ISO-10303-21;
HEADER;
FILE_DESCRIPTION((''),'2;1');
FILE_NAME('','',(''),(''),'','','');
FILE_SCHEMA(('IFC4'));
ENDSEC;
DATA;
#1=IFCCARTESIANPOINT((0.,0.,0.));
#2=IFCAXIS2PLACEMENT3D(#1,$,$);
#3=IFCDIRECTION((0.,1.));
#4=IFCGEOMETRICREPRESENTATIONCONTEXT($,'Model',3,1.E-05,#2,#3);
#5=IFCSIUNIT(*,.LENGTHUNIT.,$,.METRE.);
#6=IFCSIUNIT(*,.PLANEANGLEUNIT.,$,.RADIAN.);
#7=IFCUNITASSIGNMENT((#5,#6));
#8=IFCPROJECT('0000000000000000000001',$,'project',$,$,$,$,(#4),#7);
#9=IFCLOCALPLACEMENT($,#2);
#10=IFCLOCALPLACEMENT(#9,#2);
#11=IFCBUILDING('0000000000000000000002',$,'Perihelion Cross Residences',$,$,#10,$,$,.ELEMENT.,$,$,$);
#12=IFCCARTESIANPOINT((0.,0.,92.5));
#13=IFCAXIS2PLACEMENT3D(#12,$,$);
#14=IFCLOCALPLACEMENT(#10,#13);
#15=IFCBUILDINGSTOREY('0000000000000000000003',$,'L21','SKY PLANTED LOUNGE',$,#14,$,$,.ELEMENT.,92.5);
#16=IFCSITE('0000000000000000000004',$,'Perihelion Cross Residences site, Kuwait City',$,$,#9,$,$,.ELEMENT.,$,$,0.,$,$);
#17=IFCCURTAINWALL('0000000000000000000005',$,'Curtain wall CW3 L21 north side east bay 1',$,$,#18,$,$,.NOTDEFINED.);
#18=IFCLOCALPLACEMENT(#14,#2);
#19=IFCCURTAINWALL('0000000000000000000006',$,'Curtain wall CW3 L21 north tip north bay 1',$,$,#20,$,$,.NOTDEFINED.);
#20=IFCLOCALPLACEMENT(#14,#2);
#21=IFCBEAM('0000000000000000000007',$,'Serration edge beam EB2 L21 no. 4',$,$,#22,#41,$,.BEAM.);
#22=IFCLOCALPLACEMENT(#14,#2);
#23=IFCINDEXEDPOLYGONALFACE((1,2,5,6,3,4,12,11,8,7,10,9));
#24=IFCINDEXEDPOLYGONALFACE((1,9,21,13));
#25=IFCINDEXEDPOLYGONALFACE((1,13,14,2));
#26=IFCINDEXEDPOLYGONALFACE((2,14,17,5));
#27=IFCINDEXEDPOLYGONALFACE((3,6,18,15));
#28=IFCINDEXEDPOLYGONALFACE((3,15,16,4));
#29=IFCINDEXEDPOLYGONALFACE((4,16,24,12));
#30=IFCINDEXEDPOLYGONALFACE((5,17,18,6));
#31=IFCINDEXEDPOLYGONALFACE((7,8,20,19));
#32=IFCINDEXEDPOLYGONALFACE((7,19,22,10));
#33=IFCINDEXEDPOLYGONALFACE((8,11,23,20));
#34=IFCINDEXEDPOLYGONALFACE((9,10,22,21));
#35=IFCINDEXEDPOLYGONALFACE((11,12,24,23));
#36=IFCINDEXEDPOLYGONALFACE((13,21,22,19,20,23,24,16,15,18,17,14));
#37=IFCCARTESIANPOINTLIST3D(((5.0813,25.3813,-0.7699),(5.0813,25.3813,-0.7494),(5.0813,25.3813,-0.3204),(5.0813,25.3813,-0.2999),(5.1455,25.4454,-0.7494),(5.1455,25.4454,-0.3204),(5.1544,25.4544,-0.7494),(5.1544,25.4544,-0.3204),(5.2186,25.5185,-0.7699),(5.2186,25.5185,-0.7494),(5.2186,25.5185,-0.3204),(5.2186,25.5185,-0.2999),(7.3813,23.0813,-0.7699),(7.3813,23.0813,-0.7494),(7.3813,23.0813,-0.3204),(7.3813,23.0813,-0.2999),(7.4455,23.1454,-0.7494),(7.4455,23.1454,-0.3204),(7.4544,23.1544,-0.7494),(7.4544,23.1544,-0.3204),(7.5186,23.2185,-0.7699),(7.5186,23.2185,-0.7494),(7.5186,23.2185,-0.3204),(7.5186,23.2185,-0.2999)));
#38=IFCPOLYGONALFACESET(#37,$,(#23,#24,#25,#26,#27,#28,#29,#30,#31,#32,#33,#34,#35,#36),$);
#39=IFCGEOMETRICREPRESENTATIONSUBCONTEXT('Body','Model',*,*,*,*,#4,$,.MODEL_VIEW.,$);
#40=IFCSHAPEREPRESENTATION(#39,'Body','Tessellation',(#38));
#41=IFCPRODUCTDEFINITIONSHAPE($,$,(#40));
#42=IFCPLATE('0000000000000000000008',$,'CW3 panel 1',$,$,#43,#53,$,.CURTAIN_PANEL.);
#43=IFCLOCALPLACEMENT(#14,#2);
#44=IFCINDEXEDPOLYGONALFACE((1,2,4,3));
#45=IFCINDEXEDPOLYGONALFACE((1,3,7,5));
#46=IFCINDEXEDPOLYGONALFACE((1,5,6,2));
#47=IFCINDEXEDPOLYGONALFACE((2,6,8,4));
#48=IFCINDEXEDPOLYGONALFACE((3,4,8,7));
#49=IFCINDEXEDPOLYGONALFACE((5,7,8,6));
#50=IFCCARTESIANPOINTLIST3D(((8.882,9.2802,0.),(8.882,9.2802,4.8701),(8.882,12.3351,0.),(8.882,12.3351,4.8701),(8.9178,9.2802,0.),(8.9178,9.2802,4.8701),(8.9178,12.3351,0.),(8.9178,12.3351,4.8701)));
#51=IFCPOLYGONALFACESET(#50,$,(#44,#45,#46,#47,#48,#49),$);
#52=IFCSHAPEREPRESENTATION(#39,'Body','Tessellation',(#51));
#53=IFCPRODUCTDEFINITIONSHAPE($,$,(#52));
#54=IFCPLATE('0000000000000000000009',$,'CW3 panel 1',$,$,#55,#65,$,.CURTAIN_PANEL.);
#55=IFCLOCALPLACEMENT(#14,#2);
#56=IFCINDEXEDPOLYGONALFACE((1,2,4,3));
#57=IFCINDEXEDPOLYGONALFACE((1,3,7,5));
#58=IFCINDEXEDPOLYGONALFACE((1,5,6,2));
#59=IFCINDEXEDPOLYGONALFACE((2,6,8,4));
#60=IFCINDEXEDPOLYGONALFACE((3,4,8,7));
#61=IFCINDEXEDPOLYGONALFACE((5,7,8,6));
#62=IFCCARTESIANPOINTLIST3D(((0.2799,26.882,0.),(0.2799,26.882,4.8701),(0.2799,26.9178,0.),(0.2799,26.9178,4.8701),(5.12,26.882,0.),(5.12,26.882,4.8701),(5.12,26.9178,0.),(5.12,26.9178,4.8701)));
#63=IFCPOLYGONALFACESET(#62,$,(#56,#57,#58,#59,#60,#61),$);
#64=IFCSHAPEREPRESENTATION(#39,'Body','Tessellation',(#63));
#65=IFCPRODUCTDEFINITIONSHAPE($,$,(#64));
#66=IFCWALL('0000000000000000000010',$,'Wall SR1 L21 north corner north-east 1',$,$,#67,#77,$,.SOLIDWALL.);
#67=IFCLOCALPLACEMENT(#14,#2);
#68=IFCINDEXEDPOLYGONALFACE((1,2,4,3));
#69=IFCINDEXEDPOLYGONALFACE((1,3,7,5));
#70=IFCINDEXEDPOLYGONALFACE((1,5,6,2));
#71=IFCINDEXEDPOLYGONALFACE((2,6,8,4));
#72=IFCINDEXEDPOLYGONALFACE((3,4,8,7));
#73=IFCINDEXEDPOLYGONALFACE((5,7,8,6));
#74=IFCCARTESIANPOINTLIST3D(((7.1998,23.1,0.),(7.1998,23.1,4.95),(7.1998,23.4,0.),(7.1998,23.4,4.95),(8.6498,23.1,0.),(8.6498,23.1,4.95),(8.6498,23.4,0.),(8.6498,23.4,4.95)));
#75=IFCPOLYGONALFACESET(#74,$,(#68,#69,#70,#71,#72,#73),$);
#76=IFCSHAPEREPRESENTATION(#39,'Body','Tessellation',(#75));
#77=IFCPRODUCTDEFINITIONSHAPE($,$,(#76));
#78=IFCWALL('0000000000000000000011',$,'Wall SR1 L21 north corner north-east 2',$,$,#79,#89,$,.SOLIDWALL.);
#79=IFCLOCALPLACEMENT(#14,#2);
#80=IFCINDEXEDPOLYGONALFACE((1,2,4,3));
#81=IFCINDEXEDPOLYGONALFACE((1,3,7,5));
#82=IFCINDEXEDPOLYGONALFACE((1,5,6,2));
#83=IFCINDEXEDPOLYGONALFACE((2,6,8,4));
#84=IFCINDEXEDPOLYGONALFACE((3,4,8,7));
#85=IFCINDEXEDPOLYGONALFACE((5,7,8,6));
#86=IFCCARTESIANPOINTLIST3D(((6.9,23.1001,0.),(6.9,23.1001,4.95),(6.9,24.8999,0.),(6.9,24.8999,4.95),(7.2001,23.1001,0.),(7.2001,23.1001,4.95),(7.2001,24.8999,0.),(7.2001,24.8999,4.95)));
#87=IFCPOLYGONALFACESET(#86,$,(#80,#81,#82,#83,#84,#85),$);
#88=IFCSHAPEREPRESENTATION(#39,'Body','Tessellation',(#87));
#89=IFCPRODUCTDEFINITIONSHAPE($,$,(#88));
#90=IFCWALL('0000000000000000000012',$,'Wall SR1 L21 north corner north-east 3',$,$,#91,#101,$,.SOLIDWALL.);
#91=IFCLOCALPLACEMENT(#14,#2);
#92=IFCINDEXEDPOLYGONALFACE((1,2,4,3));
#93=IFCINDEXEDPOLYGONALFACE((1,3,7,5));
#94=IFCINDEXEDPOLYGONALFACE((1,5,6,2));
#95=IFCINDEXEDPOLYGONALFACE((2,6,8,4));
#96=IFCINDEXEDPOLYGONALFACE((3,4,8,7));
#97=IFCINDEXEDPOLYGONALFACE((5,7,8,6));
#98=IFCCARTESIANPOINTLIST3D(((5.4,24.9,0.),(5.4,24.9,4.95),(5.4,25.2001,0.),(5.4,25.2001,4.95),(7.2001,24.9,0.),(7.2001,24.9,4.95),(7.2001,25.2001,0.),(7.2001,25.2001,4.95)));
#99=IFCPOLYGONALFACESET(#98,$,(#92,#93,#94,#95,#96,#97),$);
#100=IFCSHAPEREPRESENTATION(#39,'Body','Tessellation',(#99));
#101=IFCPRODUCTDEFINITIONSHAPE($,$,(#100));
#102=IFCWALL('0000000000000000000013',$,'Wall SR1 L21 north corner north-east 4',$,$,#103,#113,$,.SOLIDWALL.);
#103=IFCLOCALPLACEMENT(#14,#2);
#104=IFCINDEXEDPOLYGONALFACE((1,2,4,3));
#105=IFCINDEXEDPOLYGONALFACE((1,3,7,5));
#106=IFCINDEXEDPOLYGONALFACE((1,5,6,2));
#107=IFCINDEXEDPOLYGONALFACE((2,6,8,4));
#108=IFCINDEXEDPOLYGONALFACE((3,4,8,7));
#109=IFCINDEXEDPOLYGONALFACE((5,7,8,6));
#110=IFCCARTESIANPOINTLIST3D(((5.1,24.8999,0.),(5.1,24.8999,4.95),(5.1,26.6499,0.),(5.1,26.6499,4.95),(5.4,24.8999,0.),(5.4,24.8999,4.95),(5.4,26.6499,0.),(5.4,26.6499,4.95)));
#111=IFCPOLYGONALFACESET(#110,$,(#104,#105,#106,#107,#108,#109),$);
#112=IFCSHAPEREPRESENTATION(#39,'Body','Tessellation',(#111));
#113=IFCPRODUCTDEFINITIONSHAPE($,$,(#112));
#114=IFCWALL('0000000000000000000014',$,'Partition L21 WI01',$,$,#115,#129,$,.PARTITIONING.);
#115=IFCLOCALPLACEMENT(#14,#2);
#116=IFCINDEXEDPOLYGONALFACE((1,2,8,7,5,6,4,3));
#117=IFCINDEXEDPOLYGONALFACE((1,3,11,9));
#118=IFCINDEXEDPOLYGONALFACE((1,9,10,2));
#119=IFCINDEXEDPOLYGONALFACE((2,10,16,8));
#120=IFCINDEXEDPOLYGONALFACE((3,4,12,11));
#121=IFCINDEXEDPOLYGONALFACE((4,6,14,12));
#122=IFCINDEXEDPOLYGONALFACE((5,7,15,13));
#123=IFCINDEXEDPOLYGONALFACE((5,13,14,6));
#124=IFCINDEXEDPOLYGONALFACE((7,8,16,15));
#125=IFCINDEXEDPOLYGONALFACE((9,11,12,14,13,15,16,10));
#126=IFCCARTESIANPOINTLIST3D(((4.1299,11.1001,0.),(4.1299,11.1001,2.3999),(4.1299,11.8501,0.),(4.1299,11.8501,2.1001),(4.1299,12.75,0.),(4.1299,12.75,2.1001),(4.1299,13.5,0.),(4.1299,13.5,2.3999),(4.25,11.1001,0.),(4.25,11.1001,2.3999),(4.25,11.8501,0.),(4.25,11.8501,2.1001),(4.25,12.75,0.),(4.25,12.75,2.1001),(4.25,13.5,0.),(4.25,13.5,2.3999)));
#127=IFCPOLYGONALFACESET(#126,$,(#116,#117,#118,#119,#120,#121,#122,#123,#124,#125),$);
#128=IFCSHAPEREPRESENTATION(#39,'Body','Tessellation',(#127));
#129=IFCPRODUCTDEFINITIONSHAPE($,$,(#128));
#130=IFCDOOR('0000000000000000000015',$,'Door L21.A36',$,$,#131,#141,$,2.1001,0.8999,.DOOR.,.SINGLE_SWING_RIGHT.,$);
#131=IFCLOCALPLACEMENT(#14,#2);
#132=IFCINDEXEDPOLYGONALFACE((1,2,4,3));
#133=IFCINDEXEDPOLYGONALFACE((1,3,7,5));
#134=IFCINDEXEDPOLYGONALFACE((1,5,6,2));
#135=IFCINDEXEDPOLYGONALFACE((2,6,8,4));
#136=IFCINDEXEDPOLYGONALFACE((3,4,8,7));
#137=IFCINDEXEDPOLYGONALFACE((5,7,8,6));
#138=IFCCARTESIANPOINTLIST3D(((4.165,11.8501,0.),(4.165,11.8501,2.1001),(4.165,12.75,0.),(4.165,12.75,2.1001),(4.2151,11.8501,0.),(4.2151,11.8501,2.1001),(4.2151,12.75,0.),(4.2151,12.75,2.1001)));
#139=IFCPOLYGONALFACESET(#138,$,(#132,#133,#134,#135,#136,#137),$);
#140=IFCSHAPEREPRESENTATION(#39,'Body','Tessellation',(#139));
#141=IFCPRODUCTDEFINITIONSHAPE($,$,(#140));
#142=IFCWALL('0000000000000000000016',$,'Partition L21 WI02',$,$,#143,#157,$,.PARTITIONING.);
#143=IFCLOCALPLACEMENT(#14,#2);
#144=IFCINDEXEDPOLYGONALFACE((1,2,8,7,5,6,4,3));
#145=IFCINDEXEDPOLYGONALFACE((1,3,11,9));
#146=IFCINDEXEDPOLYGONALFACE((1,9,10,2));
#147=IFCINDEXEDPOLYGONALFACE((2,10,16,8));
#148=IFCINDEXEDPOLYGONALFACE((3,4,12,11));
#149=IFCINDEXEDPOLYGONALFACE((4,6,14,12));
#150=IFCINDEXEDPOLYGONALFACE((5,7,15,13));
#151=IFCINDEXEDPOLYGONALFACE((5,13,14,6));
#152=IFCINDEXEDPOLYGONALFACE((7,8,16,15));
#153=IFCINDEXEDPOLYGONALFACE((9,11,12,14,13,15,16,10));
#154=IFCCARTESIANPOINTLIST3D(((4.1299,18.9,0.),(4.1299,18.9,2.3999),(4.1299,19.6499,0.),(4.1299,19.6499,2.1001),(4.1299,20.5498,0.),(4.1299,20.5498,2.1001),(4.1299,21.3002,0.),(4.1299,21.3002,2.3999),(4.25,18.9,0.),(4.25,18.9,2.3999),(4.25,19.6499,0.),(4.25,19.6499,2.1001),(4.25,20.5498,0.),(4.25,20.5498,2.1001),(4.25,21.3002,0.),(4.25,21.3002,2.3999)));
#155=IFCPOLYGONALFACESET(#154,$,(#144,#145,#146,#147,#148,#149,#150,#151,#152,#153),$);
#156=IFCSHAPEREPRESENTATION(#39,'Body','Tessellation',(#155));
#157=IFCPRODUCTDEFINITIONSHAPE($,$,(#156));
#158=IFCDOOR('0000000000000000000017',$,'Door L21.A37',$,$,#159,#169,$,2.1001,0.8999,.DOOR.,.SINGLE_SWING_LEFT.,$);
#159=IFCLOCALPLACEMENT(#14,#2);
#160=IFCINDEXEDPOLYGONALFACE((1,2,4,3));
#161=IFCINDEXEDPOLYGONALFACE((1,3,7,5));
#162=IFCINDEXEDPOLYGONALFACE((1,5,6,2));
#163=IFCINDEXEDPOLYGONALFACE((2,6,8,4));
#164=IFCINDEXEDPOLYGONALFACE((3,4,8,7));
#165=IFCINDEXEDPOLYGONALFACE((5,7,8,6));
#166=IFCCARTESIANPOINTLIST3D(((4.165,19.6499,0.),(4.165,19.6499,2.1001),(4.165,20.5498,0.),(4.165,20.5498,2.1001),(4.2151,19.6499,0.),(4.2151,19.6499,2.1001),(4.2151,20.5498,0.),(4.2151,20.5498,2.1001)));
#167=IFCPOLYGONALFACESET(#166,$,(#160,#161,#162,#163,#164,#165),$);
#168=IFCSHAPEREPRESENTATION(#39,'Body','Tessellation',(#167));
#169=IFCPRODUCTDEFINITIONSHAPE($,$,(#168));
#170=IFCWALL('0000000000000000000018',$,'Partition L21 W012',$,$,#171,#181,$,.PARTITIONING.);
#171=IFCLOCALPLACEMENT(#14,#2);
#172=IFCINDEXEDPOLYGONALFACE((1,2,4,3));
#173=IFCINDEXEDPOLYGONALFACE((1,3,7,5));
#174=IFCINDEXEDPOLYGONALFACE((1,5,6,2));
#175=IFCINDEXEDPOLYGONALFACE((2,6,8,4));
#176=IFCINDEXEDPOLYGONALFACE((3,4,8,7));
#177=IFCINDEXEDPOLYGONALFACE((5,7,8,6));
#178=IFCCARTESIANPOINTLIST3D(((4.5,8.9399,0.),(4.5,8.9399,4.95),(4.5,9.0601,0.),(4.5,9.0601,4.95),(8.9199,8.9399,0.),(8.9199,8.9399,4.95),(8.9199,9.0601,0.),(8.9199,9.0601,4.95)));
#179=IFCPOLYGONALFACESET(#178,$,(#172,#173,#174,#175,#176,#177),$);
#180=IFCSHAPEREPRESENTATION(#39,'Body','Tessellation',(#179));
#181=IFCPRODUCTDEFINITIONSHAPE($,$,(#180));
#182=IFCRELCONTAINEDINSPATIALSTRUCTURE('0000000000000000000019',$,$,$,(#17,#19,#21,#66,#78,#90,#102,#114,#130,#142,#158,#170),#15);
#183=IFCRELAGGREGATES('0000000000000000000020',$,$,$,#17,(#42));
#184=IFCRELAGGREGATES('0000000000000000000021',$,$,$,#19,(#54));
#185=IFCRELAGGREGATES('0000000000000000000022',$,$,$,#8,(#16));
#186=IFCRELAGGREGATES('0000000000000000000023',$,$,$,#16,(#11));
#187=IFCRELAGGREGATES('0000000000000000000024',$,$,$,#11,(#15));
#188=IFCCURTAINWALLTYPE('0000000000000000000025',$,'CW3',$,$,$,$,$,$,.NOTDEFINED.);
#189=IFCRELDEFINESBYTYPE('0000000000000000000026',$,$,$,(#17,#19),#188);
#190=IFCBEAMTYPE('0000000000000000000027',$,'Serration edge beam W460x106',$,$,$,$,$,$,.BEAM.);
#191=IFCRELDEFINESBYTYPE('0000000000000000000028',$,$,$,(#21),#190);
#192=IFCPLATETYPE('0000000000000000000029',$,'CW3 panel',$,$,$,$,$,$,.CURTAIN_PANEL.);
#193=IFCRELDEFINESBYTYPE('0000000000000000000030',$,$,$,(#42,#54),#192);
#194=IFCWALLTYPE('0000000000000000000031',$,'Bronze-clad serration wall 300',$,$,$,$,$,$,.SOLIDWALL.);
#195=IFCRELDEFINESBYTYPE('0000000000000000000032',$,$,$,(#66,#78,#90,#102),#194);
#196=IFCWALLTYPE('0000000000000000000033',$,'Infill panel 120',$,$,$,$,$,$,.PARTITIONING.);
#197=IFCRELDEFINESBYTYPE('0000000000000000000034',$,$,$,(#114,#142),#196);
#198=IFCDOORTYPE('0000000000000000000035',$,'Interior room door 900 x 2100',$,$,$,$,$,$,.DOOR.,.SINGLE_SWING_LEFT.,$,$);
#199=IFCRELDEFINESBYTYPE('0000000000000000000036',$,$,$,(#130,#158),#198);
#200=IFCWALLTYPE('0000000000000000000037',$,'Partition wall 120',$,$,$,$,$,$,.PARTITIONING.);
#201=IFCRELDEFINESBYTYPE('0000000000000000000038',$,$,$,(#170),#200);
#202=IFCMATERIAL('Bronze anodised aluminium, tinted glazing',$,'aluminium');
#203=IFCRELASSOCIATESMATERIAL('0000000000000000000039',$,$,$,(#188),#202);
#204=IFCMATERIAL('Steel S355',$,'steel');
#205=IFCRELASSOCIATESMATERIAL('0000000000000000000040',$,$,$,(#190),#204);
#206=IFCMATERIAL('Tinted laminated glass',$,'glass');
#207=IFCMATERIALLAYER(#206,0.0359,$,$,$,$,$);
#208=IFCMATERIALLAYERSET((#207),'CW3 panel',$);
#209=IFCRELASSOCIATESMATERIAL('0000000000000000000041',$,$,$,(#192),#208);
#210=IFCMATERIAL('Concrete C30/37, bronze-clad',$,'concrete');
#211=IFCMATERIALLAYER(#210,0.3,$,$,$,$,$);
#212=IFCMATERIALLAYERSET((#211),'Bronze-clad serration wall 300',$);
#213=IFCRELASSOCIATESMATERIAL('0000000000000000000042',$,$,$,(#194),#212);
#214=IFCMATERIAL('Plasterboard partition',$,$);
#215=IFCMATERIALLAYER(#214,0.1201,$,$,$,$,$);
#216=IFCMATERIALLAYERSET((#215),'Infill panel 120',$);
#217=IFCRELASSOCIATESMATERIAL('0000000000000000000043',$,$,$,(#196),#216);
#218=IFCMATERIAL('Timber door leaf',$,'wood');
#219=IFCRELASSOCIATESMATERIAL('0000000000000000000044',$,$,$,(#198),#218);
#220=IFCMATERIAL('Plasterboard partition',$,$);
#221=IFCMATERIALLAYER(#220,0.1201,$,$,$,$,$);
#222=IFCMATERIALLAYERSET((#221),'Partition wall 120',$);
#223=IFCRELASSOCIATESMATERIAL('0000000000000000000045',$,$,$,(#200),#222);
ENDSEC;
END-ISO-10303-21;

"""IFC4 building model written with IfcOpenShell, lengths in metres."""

from ifc_helpers import new_model, si_unit, direction, frame, frame_2d, origin, origin_2d, place, context, subcontext, project, spatial, rectangle, i_section, extrude, material, layer, layer_set, material_profile, profile_set, type_object, element, fill, aggregate, save


model = new_model("IFC4")

# Units and contexts
model_context = context("Model", 3, precision=1e-05, world=origin(), true_north=direction((0.0, 1.0)))
body_context = subcontext(model_context, "Body", "Model", "MODEL_VIEW")
ifc_project = project(units=[si_unit("LENGTHUNIT", "METRE"), si_unit("PLANEANGLEUNIT", "RADIAN")], contexts=[model_context])

# Site, building, storey
site_placement = place(None, origin())
site = spatial("IfcSite", under=ifc_project, at=site_placement, Name="Perihelion Cross Residences site, Kuwait City", CompositionType="ELEMENT", RefElevation=0.0)
building_placement = place(site_placement, origin())
building = spatial("IfcBuilding", under=site, at=building_placement, Name="Perihelion Cross Residences", CompositionType="ELEMENT")
storey_placement = place(building_placement, frame((0.0, 0.0, 92.5)))
storey = spatial("IfcBuildingStorey", under=building, at=storey_placement, Name="L21", Description="SKY PLANTED LOUNGE", CompositionType="ELEMENT", Elevation=92.5)

# Curtain walls
ifc_material_1 = material(Name="Bronze anodised aluminium, tinted glazing", Category="aluminium")
curtain_wall_type = type_object("IfcCurtainWallType", Name="CW3", PredefinedType="NOTDEFINED", material=ifc_material_1)
curtain_wall_1_placement = place(storey_placement, origin())
curtain_wall_1 = element("IfcCurtainWall", 1, at=curtain_wall_1_placement, inside=storey, type_object=curtain_wall_type, Name="Curtain wall CW3 L21 north side east bay 1", PredefinedType="NOTDEFINED")
curtain_wall_2_placement = place(storey_placement, origin())
curtain_wall_2 = element("IfcCurtainWall", 2, at=curtain_wall_2_placement, inside=storey, type_object=curtain_wall_type, Name="Curtain wall CW3 L21 north tip north bay 1", PredefinedType="NOTDEFINED")

# Beam
ifc_material_2 = material(Name="Steel S355", Category="steel")
ifc_material_profile_1 = material_profile(ifc_material_2, i_section(OverallWidth=0.1941, OverallDepth=0.47, WebThickness=0.0127, FlangeThickness=0.0205, at=origin_2d()), Name="W460x106")
ifc_profile_set_1 = profile_set([ifc_material_profile_1], Name="Steel S355")
beam_type_1 = type_object("IfcBeamType", Name="Serration edge beam W460x106", PredefinedType="BEAM", material=ifc_profile_set_1)
beam_1_placement = place(storey_placement, frame((7.45, 23.1499, -0.5349), z_axis=(-0.707107, 0.707107, 0.0), x_axis=(-0.707107, -0.707107, 0.0)))
element("IfcBeam", 3, at=beam_1_placement, inside=storey, type_object=beam_type_1, Name="Serration edge beam EB2 L21 no. 4", PredefinedType="BEAM", context=body_context, shape_type="SweptSolid", body=[
    extrude(i_section(OverallWidth=0.1941, OverallDepth=0.47, WebThickness=0.0127, FlangeThickness=0.0205, at=origin_2d()), origin(), (0.0, 0.0, 1.0), 3.2527),
])

# Plates
ifc_material_3 = material(Name="Tinted laminated glass", Category="glass")
ifc_layer_1 = layer(ifc_material_3, 0.0359)
ifc_layer_set_1 = layer_set([ifc_layer_1], Name="CW3 panel")
plate_type = type_object("IfcPlateType", Name="CW3 panel", PredefinedType="CURTAIN_PANEL", material=ifc_layer_set_1)
plate_1_placement = place(storey_placement, frame((8.8999, 10.8076, 0.0), z_axis=(0.0, 0.0, 1.0), x_axis=(0.0, 1.0, 0.0)))
plate_1 = element("IfcPlate", 4, at=plate_1_placement, type_object=plate_type, Name="CW3 panel 1", PredefinedType="CURTAIN_PANEL", context=body_context, shape_type="SweptSolid", body=[
    extrude(rectangle(XDim=3.0549, YDim=0.0359, at=origin_2d()), origin(), (0.0, 0.0, 1.0), 4.8701),
])
aggregate(curtain_wall_1, [plate_1])
plate_2_placement = place(storey_placement, frame((2.7, 26.8999, 0.0), z_axis=(0.0, 0.0, 1.0), x_axis=(-1.0, 0.0, 0.0)))
plate_2 = element("IfcPlate", 5, at=plate_2_placement, type_object=plate_type, Name="CW3 panel 1", PredefinedType="CURTAIN_PANEL", context=body_context, shape_type="SweptSolid", body=[
    extrude(rectangle(XDim=4.8401, YDim=0.0359, at=origin_2d()), origin(), (0.0, 0.0, 1.0), 4.8701),
])
aggregate(curtain_wall_2, [plate_2])

# Walls
ifc_material_4 = material(Name="Concrete C30/37, bronze-clad", Category="concrete")
ifc_layer_2 = layer(ifc_material_4, 0.3)
ifc_layer_set_2 = layer_set([ifc_layer_2], Name="Bronze-clad serration wall 300")
wall_type_1 = type_object("IfcWallType", Name="Bronze-clad serration wall 300", PredefinedType="SOLIDWALL", material=ifc_layer_set_2)
wall_1_placement = place(storey_placement, frame((8.6499, 23.25, 0.0), z_axis=(0.0, 0.0, 1.0), x_axis=(-1.0, 0.0, 0.0)))
element("IfcWall", 6, at=wall_1_placement, inside=storey, type_object=wall_type_1, Name="Wall SR1 L21 north corner north-east 1", PredefinedType="SOLIDWALL", context=body_context, shape_type="SweptSolid", body=[
    extrude(rectangle(XDim=1.45, YDim=0.3, at=frame_2d((0.7251, 0.0))), origin(), (0.0, 0.0, 1.0), 4.95),
])
wall_2_placement = place(storey_placement, frame((7.05, 23.1001, 0.0), z_axis=(0.0, 0.0, 1.0), x_axis=(0.0, 1.0, 0.0)))
element("IfcWall", 7, at=wall_2_placement, inside=storey, type_object=wall_type_1, Name="Wall SR1 L21 north corner north-east 2", PredefinedType="SOLIDWALL", context=body_context, shape_type="SweptSolid", body=[
    extrude(rectangle(XDim=1.7998, YDim=0.3, at=frame_2d((0.8999, 0.0))), origin(), (0.0, 0.0, 1.0), 4.95),
])
wall_3_placement = place(storey_placement, frame((7.2, 25.05, 0.0), z_axis=(0.0, 0.0, 1.0), x_axis=(-1.0, 0.0, 0.0)))
element("IfcWall", 8, at=wall_3_placement, inside=storey, type_object=wall_type_1, Name="Wall SR1 L21 north corner north-east 3", PredefinedType="SOLIDWALL", context=body_context, shape_type="SweptSolid", body=[
    extrude(rectangle(XDim=1.8, YDim=0.3, at=frame_2d((0.8999, 0.0))), origin(), (0.0, 0.0, 1.0), 4.95),
])
wall_4_placement = place(storey_placement, frame((5.25, 24.8999, 0.0), z_axis=(0.0, 0.0, 1.0), x_axis=(0.0, 1.0, 0.0)))
element("IfcWall", 9, at=wall_4_placement, inside=storey, type_object=wall_type_1, Name="Wall SR1 L21 north corner north-east 4", PredefinedType="SOLIDWALL", context=body_context, shape_type="SweptSolid", body=[
    extrude(rectangle(XDim=1.75, YDim=0.3, at=frame_2d((0.875, 0.0))), origin(), (0.0, 0.0, 1.0), 4.95),
])

# Walls, openings, doors
ifc_material_5 = material(Name="Plasterboard partition")
ifc_layer_3 = layer(ifc_material_5, 0.1201)
ifc_layer_set_3 = layer_set([ifc_layer_3], Name="Infill panel 120")
wall_type_2 = type_object("IfcWallType", Name="Infill panel 120", PredefinedType="PARTITIONING", material=ifc_layer_set_3)
wall_5_placement = place(storey_placement, frame((4.1899, 11.1001, 0.0), z_axis=(0.0, 0.0, 1.0), x_axis=(0.0, 1.0, 0.0)))
wall_5 = element("IfcWall", 10, at=wall_5_placement, inside=storey, type_object=wall_type_2, Name="Partition L21 WI01", PredefinedType="PARTITIONING", context=body_context, shape_type="SweptSolid", body=[
    extrude(rectangle(XDim=2.3999, YDim=0.1201, at=frame_2d((1.2, 0.0))), origin(), (0.0, 0.0, 1.0), 2.3999),
])
opening_1_placement = place(wall_5_placement, frame((0.75, 0.0, 0.0)))
opening_1 = element("IfcOpeningElement", 11, at=opening_1_placement, cuts=wall_5, PredefinedType="OPENING", context=body_context, shape_type="SweptSolid", body=[
    extrude(rectangle(XDim=0.8999, YDim=2.1001, at=frame_2d((0.45, 1.05))), frame((0.0, 0.0701, 0.0), z_axis=(0.0, -1.0, 0.0), x_axis=(1.0, 0.0, 0.0)), (0.0, 0.0, 1.0), 0.1401),
])
ifc_material_6 = material(Name="Timber door leaf", Category="wood")
door_type_1 = type_object("IfcDoorType", Name="Interior room door 900 x 2100", OperationType="SINGLE_SWING_LEFT", PredefinedType="DOOR", material=ifc_material_6)
door_1_placement = place(opening_1_placement, origin())
door_1 = element("IfcDoor", 12, at=door_1_placement, inside=storey, type_object=door_type_1, Name="Door L21.A36", OperationType="SINGLE_SWING_RIGHT", OverallHeight=2.1001, OverallWidth=0.8999, PredefinedType="DOOR", context=body_context, shape_type="SweptSolid", body=[
    extrude(rectangle(XDim=0.8999, YDim=2.1001, at=frame_2d((0.45, 1.05))), frame((0.0, 0.0249, 0.0), z_axis=(0.0, -1.0, 0.0), x_axis=(1.0, 0.0, 0.0)), (0.0, 0.0, 1.0), 0.05),
])
fill(opening_1, door_1)
wall_6_placement = place(storey_placement, frame((4.1899, 18.8999, 0.0), z_axis=(0.0, 0.0, 1.0), x_axis=(0.0, 1.0, 0.0)))
wall_6 = element("IfcWall", 13, at=wall_6_placement, inside=storey, type_object=wall_type_2, Name="Partition L21 WI02", PredefinedType="PARTITIONING", context=body_context, shape_type="SweptSolid", body=[
    extrude(rectangle(XDim=2.4001, YDim=0.1201, at=frame_2d((1.2002, 0.0))), origin(), (0.0, 0.0, 1.0), 2.3999),
])
opening_2_placement = place(wall_6_placement, frame((0.75, 0.0, 0.0)))
opening_2 = element("IfcOpeningElement", 14, at=opening_2_placement, cuts=wall_6, PredefinedType="OPENING", context=body_context, shape_type="SweptSolid", body=[
    extrude(rectangle(XDim=0.8999, YDim=2.1001, at=frame_2d((0.45, 1.05))), frame((0.0, 0.0701, 0.0), z_axis=(0.0, -1.0, 0.0), x_axis=(1.0, 0.0, 0.0)), (0.0, 0.0, 1.0), 0.1401),
])
door_2_placement = place(opening_2_placement, origin())
door_2 = element("IfcDoor", 15, at=door_2_placement, inside=storey, type_object=door_type_1, Name="Door L21.A37", OperationType="SINGLE_SWING_LEFT", OverallHeight=2.1001, OverallWidth=0.8999, PredefinedType="DOOR", context=body_context, shape_type="SweptSolid", body=[
    extrude(rectangle(XDim=0.8999, YDim=2.1001, at=frame_2d((0.45, 1.05))), frame((0.0, 0.0249, 0.0), z_axis=(0.0, -1.0, 0.0), x_axis=(1.0, 0.0, 0.0)), (0.0, 0.0, 1.0), 0.05),
])
fill(opening_2, door_2)

# Wall
ifc_material_7 = material(Name="Plasterboard partition")
ifc_layer_4 = layer(ifc_material_7, 0.1201)
ifc_layer_set_4 = layer_set([ifc_layer_4], Name="Partition wall 120")
wall_type_3 = type_object("IfcWallType", Name="Partition wall 120", PredefinedType="PARTITIONING", material=ifc_layer_set_4)
wall_7_placement = place(storey_placement, frame((4.5, 9.0, 0.0), z_axis=(0.0, 0.0, 1.0), x_axis=(1.0, 0.0, 0.0)))
element("IfcWall", 16, at=wall_7_placement, inside=storey, type_object=wall_type_3, Name="Partition L21 W012", PredefinedType="PARTITIONING", context=body_context, shape_type="SweptSolid", body=[
    extrude(rectangle(XDim=4.4199, YDim=0.1201, at=frame_2d((2.21, 0.0))), origin(), (0.0, 0.0, 1.0), 4.95),
])

save(model, "model.ifc")
